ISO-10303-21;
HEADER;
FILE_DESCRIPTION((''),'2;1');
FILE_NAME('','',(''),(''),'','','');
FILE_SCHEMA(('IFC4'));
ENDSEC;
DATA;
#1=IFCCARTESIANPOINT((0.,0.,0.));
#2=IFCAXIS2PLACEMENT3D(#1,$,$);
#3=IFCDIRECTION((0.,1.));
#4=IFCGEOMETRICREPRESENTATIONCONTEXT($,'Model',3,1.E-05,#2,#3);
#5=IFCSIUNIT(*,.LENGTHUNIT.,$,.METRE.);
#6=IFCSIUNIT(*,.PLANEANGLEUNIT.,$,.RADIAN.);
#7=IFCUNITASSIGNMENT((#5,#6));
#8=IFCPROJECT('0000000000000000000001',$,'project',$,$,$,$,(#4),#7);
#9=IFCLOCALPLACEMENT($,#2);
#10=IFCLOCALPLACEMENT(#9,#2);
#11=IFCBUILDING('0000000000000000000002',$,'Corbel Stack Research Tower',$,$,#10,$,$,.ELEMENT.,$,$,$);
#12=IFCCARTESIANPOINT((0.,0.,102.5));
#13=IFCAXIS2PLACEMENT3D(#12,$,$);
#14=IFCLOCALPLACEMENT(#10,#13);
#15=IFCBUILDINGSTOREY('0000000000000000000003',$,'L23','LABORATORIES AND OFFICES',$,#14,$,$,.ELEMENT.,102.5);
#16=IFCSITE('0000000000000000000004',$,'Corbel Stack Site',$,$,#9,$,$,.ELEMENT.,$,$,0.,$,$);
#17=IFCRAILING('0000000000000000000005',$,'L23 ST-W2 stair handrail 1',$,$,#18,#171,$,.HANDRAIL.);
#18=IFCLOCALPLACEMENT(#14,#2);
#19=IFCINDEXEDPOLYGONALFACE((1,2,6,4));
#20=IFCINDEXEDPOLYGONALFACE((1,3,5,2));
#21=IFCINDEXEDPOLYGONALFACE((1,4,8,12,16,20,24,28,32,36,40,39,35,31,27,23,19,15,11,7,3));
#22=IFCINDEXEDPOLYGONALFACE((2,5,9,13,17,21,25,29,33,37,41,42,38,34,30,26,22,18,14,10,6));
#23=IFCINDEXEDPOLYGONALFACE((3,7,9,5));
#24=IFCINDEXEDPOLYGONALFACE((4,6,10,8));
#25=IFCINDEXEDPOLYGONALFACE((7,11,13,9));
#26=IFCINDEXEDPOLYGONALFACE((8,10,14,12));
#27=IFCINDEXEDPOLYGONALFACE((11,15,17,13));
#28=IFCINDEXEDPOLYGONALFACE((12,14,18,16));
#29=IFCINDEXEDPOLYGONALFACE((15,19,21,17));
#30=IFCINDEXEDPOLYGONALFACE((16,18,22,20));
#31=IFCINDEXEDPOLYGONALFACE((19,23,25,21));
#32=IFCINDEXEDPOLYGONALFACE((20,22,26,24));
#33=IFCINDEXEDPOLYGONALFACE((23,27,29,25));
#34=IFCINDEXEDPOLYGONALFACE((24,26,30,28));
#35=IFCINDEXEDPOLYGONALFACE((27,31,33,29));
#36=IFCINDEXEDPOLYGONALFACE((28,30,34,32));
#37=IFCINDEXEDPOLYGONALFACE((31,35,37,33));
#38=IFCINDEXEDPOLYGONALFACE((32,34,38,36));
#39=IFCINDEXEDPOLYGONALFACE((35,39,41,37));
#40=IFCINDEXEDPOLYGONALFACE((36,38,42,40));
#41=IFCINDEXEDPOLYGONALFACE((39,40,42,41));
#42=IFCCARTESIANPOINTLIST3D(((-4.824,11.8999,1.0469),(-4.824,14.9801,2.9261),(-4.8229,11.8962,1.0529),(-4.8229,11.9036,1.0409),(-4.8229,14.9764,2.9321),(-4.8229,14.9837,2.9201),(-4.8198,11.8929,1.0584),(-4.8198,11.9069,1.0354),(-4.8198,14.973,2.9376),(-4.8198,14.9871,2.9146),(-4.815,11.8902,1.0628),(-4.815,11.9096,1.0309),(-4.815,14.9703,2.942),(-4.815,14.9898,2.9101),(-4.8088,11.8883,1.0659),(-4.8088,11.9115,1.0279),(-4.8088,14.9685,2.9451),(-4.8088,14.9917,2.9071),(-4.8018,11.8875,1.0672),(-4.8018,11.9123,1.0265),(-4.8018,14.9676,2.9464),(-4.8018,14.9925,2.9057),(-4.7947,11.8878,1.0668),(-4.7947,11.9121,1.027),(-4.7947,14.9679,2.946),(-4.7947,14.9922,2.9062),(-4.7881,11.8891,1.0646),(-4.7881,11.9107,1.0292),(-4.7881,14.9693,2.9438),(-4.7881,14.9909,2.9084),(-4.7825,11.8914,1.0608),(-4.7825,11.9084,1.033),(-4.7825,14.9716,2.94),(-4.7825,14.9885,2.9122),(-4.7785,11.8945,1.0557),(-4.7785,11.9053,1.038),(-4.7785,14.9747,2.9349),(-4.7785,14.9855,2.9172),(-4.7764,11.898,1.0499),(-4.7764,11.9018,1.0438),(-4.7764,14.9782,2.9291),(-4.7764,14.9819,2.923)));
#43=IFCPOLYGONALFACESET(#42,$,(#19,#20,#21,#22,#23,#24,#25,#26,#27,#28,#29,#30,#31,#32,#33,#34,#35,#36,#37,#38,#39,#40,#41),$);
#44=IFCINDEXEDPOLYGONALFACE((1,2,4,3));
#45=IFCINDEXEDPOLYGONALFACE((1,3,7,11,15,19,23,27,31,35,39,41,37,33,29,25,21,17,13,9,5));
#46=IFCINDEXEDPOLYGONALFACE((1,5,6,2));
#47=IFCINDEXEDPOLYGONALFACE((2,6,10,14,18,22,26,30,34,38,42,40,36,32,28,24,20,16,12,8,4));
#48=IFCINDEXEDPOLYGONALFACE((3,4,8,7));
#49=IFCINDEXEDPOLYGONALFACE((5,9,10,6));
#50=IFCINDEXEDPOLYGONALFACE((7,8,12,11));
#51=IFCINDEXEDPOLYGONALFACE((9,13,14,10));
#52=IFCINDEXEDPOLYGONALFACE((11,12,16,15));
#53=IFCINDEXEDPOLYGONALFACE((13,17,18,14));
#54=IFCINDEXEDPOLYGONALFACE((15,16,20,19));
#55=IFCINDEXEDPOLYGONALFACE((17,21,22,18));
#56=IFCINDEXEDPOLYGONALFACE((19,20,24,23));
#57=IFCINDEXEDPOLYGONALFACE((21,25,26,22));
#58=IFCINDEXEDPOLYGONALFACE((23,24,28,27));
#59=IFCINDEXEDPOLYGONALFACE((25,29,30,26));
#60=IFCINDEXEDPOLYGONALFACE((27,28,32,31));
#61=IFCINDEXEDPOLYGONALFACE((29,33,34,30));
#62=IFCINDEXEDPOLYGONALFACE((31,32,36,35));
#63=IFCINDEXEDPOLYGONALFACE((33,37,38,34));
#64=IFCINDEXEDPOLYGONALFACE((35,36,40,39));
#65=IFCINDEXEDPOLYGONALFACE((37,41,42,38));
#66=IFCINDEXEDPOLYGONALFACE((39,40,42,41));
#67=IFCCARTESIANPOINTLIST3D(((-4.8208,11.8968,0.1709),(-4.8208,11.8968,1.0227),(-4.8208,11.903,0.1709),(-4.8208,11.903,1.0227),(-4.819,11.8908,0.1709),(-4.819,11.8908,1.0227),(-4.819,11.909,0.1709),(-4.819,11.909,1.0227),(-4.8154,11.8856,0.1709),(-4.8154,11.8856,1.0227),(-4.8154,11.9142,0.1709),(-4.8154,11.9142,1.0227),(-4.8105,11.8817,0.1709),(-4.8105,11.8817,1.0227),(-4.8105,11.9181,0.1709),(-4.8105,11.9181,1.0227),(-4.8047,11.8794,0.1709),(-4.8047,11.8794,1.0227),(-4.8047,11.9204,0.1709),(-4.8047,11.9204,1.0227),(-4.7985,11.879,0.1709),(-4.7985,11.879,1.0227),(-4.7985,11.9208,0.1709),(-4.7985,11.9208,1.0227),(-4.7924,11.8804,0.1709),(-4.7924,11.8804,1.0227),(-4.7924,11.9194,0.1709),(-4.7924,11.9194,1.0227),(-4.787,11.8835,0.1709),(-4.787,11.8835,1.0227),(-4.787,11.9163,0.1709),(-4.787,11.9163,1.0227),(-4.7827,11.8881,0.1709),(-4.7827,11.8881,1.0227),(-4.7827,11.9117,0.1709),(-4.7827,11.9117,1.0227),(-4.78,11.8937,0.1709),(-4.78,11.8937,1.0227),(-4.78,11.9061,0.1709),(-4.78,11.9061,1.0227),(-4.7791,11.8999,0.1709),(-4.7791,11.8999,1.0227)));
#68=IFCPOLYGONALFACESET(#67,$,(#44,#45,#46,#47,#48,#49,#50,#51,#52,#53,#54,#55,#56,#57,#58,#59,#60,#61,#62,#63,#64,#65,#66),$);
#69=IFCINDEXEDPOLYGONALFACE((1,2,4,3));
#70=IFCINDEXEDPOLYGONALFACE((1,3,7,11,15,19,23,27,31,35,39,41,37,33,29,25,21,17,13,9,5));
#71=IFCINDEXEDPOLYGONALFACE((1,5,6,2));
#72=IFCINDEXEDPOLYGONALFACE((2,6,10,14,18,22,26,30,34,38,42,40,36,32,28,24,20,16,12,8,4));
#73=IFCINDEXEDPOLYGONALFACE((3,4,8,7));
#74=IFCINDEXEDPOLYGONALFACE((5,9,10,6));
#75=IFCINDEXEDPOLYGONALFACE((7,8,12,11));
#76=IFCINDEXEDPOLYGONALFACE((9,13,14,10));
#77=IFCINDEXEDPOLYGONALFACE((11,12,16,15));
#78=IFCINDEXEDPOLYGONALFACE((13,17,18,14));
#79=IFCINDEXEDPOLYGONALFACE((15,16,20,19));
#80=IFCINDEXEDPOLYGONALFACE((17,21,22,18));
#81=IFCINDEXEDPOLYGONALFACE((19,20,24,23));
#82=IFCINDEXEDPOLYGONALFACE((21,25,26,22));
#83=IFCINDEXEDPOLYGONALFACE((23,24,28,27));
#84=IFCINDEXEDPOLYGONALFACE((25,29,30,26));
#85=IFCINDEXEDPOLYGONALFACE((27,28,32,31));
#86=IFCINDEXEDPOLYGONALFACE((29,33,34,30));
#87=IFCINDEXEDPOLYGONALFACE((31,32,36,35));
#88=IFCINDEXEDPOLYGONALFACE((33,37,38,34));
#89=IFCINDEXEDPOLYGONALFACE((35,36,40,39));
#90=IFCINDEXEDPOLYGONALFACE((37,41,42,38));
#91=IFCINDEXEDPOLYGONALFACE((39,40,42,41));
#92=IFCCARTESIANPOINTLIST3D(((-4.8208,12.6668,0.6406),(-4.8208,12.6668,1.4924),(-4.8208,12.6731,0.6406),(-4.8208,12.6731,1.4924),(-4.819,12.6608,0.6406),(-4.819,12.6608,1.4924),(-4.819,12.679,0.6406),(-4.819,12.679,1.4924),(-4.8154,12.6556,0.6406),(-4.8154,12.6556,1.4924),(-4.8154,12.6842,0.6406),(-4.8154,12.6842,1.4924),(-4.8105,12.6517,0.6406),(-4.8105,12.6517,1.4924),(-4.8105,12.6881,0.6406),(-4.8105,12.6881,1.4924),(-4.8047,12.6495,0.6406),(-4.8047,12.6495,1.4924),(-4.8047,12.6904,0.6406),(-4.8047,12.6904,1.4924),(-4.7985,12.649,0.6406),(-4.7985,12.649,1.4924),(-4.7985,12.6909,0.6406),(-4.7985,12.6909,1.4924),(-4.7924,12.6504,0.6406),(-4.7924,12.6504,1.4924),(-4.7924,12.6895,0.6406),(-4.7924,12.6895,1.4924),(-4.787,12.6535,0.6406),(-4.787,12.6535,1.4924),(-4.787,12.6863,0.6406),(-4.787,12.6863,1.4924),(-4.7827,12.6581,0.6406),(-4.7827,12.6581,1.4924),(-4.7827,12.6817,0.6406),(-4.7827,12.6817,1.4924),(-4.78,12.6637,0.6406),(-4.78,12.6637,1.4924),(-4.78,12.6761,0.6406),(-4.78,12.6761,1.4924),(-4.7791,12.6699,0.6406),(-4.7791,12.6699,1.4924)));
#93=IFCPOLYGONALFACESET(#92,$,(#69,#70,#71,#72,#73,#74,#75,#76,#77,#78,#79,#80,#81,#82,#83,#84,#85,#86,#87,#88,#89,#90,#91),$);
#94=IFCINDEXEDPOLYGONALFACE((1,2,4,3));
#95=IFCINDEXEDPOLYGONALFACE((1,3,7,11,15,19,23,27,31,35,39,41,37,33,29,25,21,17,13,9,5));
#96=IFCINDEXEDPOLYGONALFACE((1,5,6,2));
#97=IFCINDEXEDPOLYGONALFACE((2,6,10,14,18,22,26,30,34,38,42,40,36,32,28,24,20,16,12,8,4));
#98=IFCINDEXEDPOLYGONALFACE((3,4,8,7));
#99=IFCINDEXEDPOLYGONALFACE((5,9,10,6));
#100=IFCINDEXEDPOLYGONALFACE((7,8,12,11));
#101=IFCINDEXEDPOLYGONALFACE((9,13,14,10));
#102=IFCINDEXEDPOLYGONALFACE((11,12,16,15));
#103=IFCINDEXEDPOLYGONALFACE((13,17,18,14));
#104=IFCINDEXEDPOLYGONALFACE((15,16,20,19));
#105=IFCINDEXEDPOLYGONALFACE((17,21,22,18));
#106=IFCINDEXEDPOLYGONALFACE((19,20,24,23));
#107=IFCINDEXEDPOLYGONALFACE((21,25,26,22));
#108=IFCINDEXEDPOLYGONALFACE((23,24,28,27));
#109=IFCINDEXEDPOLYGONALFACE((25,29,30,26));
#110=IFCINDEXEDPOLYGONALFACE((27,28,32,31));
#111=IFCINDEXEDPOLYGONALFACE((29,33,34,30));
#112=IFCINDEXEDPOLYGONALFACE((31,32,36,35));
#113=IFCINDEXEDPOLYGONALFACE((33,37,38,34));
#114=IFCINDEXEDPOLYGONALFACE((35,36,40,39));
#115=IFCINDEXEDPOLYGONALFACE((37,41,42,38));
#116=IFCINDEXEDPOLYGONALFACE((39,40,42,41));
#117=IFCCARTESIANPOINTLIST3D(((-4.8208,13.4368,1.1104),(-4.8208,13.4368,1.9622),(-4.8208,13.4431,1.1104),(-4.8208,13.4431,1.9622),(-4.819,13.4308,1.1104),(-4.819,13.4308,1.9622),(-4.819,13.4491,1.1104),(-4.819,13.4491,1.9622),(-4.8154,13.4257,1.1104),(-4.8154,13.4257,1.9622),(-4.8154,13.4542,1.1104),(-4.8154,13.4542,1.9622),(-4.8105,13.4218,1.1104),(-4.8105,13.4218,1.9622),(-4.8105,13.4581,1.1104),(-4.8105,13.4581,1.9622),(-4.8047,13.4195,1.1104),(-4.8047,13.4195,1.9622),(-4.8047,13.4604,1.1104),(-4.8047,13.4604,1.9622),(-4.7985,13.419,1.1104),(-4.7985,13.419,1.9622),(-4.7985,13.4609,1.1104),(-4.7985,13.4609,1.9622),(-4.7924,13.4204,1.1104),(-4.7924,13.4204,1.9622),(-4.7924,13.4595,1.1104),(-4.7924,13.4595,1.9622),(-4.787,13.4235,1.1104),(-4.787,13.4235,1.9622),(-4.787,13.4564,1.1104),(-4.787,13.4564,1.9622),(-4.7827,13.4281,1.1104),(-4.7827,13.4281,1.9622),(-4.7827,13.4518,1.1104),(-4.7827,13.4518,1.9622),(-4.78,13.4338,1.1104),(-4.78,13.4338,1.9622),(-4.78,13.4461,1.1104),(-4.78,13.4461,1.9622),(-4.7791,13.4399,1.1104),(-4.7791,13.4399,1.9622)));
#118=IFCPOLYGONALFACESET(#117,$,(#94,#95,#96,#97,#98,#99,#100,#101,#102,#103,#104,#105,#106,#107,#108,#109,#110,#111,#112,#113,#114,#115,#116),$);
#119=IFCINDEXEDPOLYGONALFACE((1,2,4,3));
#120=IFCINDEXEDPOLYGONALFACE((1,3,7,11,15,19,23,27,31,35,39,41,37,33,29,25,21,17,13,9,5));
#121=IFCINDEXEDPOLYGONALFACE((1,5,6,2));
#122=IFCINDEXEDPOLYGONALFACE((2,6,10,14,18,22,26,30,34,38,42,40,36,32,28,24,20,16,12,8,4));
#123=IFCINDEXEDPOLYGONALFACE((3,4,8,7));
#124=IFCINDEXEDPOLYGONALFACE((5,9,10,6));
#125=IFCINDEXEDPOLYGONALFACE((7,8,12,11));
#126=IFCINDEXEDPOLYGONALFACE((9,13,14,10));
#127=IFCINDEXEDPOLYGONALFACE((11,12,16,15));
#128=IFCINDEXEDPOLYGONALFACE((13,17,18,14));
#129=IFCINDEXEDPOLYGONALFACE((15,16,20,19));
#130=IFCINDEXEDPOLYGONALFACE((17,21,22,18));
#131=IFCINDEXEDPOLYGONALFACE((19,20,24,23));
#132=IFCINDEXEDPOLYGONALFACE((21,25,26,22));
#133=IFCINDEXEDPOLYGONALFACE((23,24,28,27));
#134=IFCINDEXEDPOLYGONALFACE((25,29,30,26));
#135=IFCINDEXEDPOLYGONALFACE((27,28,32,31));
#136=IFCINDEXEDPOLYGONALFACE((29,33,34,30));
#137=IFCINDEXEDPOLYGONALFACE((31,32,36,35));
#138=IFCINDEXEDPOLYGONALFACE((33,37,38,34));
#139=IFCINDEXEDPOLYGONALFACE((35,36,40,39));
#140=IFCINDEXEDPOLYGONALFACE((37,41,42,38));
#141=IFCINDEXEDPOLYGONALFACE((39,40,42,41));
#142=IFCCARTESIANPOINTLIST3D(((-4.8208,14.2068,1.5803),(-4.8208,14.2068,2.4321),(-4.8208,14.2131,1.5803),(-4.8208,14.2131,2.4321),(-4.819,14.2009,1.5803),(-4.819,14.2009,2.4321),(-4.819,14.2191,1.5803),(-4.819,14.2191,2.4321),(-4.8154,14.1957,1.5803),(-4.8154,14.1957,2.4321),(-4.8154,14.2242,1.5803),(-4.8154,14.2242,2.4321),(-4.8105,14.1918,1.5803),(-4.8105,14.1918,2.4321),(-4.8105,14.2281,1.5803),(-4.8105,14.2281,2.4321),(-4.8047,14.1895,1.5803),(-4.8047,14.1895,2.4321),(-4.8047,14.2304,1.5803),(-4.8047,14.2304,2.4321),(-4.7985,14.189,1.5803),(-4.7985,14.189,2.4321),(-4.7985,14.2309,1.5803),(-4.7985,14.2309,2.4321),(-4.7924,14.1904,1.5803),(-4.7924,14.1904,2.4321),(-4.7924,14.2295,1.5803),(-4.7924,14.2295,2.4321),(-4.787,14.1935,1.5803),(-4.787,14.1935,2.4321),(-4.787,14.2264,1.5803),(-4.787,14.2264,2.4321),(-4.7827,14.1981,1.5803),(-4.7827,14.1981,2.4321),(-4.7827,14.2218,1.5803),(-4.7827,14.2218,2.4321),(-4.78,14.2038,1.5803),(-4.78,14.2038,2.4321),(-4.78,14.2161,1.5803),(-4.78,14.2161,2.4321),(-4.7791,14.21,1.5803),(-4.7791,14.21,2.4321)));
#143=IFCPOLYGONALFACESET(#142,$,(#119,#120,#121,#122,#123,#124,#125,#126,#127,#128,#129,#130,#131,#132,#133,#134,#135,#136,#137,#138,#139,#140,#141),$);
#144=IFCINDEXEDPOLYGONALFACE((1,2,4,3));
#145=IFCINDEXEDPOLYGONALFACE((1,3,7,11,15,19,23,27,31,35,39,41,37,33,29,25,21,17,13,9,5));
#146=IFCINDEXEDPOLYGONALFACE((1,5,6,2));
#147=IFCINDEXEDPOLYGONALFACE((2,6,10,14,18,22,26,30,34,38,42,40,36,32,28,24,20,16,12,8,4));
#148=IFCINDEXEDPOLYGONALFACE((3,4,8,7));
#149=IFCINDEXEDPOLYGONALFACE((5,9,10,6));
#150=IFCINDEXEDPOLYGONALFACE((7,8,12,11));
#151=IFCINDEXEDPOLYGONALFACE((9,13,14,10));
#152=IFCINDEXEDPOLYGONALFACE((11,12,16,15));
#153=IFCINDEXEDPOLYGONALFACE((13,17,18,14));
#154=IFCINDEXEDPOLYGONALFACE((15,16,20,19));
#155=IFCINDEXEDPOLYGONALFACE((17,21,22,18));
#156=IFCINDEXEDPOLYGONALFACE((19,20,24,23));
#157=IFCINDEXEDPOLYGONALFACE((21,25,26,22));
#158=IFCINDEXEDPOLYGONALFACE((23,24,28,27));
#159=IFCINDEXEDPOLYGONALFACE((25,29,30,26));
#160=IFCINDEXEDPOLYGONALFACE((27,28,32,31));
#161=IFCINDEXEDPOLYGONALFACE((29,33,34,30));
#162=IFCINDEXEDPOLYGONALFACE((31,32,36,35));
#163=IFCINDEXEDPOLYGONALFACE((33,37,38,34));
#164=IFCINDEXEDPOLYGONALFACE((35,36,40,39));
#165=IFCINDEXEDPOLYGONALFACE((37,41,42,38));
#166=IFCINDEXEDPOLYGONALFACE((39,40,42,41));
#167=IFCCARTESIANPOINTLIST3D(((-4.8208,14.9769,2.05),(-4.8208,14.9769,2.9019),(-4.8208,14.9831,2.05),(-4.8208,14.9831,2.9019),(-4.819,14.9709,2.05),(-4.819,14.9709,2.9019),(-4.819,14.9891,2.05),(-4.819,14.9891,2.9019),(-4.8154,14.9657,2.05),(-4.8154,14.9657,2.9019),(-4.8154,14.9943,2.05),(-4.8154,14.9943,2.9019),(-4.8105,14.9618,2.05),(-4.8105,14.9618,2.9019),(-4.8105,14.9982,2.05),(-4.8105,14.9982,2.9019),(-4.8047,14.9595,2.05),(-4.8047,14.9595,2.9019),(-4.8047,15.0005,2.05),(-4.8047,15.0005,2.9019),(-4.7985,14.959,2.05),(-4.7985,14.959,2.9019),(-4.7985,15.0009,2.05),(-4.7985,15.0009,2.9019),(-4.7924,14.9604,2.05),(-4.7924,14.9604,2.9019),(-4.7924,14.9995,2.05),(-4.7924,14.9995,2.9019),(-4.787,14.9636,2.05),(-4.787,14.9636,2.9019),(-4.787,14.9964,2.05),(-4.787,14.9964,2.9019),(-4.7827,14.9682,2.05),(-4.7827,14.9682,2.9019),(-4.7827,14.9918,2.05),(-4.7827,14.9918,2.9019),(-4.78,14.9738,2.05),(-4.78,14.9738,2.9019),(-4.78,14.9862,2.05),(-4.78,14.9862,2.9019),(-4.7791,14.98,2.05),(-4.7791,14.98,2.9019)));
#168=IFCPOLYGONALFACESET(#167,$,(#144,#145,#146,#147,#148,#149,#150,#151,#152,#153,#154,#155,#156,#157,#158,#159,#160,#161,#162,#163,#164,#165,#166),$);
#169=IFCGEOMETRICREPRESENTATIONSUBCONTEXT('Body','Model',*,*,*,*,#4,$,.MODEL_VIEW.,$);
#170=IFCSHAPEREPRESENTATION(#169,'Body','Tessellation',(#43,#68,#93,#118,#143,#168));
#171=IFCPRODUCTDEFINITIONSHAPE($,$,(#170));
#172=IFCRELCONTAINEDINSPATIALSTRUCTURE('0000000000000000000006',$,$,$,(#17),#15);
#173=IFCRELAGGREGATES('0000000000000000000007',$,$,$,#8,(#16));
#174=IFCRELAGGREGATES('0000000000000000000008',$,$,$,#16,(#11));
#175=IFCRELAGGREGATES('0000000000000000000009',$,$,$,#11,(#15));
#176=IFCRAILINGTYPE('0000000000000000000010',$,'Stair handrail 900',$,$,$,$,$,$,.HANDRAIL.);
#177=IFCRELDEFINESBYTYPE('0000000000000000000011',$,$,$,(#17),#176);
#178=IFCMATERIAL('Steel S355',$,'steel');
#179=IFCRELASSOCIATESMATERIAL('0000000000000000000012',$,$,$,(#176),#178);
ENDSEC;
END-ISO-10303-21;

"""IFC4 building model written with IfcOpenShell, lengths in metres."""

from ifc_helpers import new_model, si_unit, direction, frame, origin, origin_2d, place, context, subcontext, project, spatial, circle, extrude, material, type_object, element, save


model = new_model("IFC4")

# Units and contexts
model_context = context("Model", 3, precision=1e-05, world=origin(), true_north=direction((0.0, 1.0)))
body_context = subcontext(model_context, "Body", "Model", "MODEL_VIEW")
ifc_project = project(units=[si_unit("LENGTHUNIT", "METRE"), si_unit("PLANEANGLEUNIT", "RADIAN")], contexts=[model_context])

# Site, building, storey
site_placement = place(None, origin())
site = spatial("IfcSite", under=ifc_project, at=site_placement, Name="Corbel Stack Site", CompositionType="ELEMENT", RefElevation=0.0)
building_placement = place(site_placement, origin())
building = spatial("IfcBuilding", under=site, at=building_placement, Name="Corbel Stack Research Tower", CompositionType="ELEMENT")
storey_placement = place(building_placement, frame((0.0, 0.0, 102.5)))
storey = spatial("IfcBuildingStorey", under=building, at=storey_placement, Name="L23", Description="LABORATORIES AND OFFICES", CompositionType="ELEMENT", Elevation=102.5)

# Railing
ifc_material_1 = material(Name="Steel S355", Category="steel")
railing_type_1 = type_object("IfcRailingType", Name="Stair handrail 900", PredefinedType="HANDRAIL", material=ifc_material_1)
railing_1_placement = place(storey_placement, frame((-4.8, 11.8999, 0.1709)))
element("IfcRailing", 1, at=railing_1_placement, inside=storey, type_object=railing_type_1, Name="L23 ST-W2 stair handrail 1", PredefinedType="HANDRAIL", context=body_context, shape_type="SweptSolid", body=[
    extrude(circle(Radius=0.0239, at=origin_2d()), frame((0.0, 0.0, 0.876), z_axis=(0.0, 0.853666, 0.52082), x_axis=(-1.0, 0.0, 0.0)), (0.0, 0.0, 1.0), 3.6082),
    extrude(circle(Radius=0.021, at=origin_2d()), origin(), (0.0, 0.0, 1.0), 0.8518),
    extrude(circle(Radius=0.021, at=origin_2d()), frame((0.0, 0.77, 0.4697)), (0.0, 0.0, 1.0), 0.8518),
    extrude(circle(Radius=0.021, at=origin_2d()), frame((0.0, 1.54, 0.9395)), (0.0, 0.0, 1.0), 0.8518),
    extrude(circle(Radius=0.021, at=origin_2d()), frame((0.0, 2.3101, 1.4094)), (0.0, 0.0, 1.0), 0.8518),
    extrude(circle(Radius=0.021, at=origin_2d()), frame((0.0, 3.0801, 1.8792)), (0.0, 0.0, 1.0), 0.8518),
])

save(model, "model.ifc")
